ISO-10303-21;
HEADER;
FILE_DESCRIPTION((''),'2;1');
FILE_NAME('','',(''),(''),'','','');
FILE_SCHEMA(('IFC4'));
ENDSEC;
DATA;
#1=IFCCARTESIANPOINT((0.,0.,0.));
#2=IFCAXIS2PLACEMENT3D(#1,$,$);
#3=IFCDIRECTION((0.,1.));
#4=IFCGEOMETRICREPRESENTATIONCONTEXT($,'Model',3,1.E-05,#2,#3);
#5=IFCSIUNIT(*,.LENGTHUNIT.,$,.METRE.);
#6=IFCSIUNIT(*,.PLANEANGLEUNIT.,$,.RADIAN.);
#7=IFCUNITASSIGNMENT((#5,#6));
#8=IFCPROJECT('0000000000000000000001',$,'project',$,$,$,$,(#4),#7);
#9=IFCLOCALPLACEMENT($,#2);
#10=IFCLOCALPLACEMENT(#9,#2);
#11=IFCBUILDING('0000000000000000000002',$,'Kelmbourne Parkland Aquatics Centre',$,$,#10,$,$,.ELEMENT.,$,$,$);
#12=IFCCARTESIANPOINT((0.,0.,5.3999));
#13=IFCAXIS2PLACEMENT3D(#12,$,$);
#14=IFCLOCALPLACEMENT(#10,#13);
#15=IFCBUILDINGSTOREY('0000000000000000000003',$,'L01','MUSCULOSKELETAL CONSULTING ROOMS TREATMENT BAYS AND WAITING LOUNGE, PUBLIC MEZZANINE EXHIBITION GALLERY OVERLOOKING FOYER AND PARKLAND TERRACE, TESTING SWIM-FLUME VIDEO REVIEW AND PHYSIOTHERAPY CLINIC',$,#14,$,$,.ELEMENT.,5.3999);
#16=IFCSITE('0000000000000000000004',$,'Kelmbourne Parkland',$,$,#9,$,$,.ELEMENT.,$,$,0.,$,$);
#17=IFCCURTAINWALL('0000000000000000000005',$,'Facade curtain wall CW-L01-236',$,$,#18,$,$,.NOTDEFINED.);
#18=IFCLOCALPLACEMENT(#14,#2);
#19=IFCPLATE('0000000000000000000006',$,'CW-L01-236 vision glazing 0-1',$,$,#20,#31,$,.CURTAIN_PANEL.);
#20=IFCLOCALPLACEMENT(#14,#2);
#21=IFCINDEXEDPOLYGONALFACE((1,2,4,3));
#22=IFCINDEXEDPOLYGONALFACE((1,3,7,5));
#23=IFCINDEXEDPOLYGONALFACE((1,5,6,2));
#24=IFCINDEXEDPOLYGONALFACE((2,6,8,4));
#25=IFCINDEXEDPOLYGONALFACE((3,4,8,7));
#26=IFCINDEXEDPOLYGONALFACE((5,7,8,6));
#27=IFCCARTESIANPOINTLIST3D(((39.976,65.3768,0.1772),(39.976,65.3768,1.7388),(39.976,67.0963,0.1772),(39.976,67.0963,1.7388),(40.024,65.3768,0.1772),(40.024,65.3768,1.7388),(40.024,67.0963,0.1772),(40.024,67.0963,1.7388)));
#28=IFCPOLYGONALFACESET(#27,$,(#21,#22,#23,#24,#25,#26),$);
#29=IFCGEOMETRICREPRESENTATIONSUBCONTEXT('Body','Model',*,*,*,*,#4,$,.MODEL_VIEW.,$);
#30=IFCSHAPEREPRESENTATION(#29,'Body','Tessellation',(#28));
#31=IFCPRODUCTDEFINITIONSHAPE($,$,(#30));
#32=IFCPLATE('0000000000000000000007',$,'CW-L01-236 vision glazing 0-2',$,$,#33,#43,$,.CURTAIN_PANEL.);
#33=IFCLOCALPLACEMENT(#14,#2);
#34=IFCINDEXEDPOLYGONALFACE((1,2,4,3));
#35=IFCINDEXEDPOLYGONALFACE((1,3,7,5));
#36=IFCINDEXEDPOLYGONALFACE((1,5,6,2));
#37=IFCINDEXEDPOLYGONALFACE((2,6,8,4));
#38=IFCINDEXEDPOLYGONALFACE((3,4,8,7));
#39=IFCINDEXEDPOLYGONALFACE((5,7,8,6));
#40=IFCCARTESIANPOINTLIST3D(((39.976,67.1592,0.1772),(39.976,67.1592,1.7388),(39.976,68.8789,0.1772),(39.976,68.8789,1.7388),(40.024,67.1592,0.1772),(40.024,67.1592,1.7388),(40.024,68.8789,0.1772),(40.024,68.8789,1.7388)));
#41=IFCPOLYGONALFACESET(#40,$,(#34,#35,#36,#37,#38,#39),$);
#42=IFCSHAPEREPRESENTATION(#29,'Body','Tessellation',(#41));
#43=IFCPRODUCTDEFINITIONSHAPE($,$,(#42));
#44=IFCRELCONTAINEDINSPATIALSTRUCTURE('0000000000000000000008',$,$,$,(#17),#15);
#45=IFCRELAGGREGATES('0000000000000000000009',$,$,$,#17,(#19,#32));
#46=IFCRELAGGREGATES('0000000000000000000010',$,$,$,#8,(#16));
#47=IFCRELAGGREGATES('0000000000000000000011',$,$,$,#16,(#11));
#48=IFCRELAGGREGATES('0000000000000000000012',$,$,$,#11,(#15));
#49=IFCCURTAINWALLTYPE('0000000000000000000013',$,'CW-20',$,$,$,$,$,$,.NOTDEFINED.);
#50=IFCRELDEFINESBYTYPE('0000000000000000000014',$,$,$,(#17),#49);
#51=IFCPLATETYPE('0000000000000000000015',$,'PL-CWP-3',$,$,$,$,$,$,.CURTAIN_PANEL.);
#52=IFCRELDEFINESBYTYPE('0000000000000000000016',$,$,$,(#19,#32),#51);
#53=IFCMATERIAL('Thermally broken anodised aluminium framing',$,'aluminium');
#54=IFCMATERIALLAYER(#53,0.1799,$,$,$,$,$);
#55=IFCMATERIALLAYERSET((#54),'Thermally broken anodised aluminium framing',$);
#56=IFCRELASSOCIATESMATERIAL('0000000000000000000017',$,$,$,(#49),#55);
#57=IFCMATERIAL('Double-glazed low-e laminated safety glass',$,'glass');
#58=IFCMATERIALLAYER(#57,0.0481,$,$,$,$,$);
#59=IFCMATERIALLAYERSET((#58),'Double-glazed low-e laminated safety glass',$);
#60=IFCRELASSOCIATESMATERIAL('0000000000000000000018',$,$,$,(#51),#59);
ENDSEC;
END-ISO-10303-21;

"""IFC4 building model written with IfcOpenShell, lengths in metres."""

from ifc_helpers import new_model, si_unit, direction, frame, origin, origin_2d, place, context, subcontext, project, spatial, rectangle, extrude, material, layer, layer_set, type_object, element, aggregate, save


model = new_model("IFC4")

# Units and contexts
model_context = context("Model", 3, precision=1e-05, world=origin(), true_north=direction((0.0, 1.0)))
body_context = subcontext(model_context, "Body", "Model", "MODEL_VIEW")
ifc_project = project(units=[si_unit("LENGTHUNIT", "METRE"), si_unit("PLANEANGLEUNIT", "RADIAN")], contexts=[model_context])

# Site, building, storey
site_placement = place(None, origin())
site = spatial("IfcSite", under=ifc_project, at=site_placement, Name="Kelmbourne Parkland", CompositionType="ELEMENT", RefElevation=0.0)
building_placement = place(site_placement, origin())
building = spatial("IfcBuilding", under=site, at=building_placement, Name="Kelmbourne Parkland Aquatics Centre", CompositionType="ELEMENT")
storey_placement = place(building_placement, frame((0.0, 0.0, 5.3999)))
storey = spatial("IfcBuildingStorey", under=building, at=storey_placement, Name="L01", Description="MUSCULOSKELETAL CONSULTING ROOMS TREATMENT BAYS AND WAITING LOUNGE, PUBLIC MEZZANINE EXHIBITION GALLERY OVERLOOKING FOYER AND PARKLAND TERRACE, TESTING SWIM-FLUME VIDEO REVIEW AND PHYSIOTHERAPY CLINIC", CompositionType="ELEMENT", Elevation=5.3999)

# Curtain wall
ifc_material_1 = material(Name="Thermally broken anodised aluminium framing", Category="aluminium")
ifc_layer_1 = layer(ifc_material_1, 0.1799)
ifc_layer_set_1 = layer_set([ifc_layer_1], Name="Thermally broken anodised aluminium framing")
curtain_wall_type_1 = type_object("IfcCurtainWallType", Name="CW-20", PredefinedType="NOTDEFINED", material=ifc_layer_set_1)
curtain_wall_1_placement = place(storey_placement, origin())
curtain_wall_1 = element("IfcCurtainWall", 1, at=curtain_wall_1_placement, inside=storey, type_object=curtain_wall_type_1, Name="Facade curtain wall CW-L01-236", PredefinedType="NOTDEFINED")

# Plates
ifc_material_2 = material(Name="Double-glazed low-e laminated safety glass", Category="glass")
ifc_layer_2 = layer(ifc_material_2, 0.0481)
ifc_layer_set_2 = layer_set([ifc_layer_2], Name="Double-glazed low-e laminated safety glass")
plate_type_1 = type_object("IfcPlateType", Name="PL-CWP-3", PredefinedType="CURTAIN_PANEL", material=ifc_layer_set_2)
plate_1_placement = place(storey_placement, frame((40.0, 66.2366, 0.1772), z_axis=(0.0, 0.0, 1.0), x_axis=(0.0, 1.0, 0.0)))
plate_1 = element("IfcPlate", 2, at=plate_1_placement, type_object=plate_type_1, Name="CW-L01-236 vision glazing 0-1", PredefinedType="CURTAIN_PANEL", context=body_context, shape_type="SweptSolid", body=[
    extrude(rectangle(XDim=1.7195, YDim=0.0481, at=origin_2d()), origin(), (0.0, 0.0, 1.0), 1.5615),
])
plate_2_placement = place(storey_placement, frame((40.0, 68.019, 0.1772), z_axis=(0.0, 0.0, 1.0), x_axis=(0.0, 1.0, 0.0)))
plate_2 = element("IfcPlate", 3, at=plate_2_placement, type_object=plate_type_1, Name="CW-L01-236 vision glazing 0-2", PredefinedType="CURTAIN_PANEL", context=body_context, shape_type="SweptSolid", body=[
    extrude(rectangle(XDim=1.7197, YDim=0.0481, at=origin_2d()), origin(), (0.0, 0.0, 1.0), 1.5615),
])
aggregate(curtain_wall_1, [plate_1, plate_2])

save(model, "model.ifc")
